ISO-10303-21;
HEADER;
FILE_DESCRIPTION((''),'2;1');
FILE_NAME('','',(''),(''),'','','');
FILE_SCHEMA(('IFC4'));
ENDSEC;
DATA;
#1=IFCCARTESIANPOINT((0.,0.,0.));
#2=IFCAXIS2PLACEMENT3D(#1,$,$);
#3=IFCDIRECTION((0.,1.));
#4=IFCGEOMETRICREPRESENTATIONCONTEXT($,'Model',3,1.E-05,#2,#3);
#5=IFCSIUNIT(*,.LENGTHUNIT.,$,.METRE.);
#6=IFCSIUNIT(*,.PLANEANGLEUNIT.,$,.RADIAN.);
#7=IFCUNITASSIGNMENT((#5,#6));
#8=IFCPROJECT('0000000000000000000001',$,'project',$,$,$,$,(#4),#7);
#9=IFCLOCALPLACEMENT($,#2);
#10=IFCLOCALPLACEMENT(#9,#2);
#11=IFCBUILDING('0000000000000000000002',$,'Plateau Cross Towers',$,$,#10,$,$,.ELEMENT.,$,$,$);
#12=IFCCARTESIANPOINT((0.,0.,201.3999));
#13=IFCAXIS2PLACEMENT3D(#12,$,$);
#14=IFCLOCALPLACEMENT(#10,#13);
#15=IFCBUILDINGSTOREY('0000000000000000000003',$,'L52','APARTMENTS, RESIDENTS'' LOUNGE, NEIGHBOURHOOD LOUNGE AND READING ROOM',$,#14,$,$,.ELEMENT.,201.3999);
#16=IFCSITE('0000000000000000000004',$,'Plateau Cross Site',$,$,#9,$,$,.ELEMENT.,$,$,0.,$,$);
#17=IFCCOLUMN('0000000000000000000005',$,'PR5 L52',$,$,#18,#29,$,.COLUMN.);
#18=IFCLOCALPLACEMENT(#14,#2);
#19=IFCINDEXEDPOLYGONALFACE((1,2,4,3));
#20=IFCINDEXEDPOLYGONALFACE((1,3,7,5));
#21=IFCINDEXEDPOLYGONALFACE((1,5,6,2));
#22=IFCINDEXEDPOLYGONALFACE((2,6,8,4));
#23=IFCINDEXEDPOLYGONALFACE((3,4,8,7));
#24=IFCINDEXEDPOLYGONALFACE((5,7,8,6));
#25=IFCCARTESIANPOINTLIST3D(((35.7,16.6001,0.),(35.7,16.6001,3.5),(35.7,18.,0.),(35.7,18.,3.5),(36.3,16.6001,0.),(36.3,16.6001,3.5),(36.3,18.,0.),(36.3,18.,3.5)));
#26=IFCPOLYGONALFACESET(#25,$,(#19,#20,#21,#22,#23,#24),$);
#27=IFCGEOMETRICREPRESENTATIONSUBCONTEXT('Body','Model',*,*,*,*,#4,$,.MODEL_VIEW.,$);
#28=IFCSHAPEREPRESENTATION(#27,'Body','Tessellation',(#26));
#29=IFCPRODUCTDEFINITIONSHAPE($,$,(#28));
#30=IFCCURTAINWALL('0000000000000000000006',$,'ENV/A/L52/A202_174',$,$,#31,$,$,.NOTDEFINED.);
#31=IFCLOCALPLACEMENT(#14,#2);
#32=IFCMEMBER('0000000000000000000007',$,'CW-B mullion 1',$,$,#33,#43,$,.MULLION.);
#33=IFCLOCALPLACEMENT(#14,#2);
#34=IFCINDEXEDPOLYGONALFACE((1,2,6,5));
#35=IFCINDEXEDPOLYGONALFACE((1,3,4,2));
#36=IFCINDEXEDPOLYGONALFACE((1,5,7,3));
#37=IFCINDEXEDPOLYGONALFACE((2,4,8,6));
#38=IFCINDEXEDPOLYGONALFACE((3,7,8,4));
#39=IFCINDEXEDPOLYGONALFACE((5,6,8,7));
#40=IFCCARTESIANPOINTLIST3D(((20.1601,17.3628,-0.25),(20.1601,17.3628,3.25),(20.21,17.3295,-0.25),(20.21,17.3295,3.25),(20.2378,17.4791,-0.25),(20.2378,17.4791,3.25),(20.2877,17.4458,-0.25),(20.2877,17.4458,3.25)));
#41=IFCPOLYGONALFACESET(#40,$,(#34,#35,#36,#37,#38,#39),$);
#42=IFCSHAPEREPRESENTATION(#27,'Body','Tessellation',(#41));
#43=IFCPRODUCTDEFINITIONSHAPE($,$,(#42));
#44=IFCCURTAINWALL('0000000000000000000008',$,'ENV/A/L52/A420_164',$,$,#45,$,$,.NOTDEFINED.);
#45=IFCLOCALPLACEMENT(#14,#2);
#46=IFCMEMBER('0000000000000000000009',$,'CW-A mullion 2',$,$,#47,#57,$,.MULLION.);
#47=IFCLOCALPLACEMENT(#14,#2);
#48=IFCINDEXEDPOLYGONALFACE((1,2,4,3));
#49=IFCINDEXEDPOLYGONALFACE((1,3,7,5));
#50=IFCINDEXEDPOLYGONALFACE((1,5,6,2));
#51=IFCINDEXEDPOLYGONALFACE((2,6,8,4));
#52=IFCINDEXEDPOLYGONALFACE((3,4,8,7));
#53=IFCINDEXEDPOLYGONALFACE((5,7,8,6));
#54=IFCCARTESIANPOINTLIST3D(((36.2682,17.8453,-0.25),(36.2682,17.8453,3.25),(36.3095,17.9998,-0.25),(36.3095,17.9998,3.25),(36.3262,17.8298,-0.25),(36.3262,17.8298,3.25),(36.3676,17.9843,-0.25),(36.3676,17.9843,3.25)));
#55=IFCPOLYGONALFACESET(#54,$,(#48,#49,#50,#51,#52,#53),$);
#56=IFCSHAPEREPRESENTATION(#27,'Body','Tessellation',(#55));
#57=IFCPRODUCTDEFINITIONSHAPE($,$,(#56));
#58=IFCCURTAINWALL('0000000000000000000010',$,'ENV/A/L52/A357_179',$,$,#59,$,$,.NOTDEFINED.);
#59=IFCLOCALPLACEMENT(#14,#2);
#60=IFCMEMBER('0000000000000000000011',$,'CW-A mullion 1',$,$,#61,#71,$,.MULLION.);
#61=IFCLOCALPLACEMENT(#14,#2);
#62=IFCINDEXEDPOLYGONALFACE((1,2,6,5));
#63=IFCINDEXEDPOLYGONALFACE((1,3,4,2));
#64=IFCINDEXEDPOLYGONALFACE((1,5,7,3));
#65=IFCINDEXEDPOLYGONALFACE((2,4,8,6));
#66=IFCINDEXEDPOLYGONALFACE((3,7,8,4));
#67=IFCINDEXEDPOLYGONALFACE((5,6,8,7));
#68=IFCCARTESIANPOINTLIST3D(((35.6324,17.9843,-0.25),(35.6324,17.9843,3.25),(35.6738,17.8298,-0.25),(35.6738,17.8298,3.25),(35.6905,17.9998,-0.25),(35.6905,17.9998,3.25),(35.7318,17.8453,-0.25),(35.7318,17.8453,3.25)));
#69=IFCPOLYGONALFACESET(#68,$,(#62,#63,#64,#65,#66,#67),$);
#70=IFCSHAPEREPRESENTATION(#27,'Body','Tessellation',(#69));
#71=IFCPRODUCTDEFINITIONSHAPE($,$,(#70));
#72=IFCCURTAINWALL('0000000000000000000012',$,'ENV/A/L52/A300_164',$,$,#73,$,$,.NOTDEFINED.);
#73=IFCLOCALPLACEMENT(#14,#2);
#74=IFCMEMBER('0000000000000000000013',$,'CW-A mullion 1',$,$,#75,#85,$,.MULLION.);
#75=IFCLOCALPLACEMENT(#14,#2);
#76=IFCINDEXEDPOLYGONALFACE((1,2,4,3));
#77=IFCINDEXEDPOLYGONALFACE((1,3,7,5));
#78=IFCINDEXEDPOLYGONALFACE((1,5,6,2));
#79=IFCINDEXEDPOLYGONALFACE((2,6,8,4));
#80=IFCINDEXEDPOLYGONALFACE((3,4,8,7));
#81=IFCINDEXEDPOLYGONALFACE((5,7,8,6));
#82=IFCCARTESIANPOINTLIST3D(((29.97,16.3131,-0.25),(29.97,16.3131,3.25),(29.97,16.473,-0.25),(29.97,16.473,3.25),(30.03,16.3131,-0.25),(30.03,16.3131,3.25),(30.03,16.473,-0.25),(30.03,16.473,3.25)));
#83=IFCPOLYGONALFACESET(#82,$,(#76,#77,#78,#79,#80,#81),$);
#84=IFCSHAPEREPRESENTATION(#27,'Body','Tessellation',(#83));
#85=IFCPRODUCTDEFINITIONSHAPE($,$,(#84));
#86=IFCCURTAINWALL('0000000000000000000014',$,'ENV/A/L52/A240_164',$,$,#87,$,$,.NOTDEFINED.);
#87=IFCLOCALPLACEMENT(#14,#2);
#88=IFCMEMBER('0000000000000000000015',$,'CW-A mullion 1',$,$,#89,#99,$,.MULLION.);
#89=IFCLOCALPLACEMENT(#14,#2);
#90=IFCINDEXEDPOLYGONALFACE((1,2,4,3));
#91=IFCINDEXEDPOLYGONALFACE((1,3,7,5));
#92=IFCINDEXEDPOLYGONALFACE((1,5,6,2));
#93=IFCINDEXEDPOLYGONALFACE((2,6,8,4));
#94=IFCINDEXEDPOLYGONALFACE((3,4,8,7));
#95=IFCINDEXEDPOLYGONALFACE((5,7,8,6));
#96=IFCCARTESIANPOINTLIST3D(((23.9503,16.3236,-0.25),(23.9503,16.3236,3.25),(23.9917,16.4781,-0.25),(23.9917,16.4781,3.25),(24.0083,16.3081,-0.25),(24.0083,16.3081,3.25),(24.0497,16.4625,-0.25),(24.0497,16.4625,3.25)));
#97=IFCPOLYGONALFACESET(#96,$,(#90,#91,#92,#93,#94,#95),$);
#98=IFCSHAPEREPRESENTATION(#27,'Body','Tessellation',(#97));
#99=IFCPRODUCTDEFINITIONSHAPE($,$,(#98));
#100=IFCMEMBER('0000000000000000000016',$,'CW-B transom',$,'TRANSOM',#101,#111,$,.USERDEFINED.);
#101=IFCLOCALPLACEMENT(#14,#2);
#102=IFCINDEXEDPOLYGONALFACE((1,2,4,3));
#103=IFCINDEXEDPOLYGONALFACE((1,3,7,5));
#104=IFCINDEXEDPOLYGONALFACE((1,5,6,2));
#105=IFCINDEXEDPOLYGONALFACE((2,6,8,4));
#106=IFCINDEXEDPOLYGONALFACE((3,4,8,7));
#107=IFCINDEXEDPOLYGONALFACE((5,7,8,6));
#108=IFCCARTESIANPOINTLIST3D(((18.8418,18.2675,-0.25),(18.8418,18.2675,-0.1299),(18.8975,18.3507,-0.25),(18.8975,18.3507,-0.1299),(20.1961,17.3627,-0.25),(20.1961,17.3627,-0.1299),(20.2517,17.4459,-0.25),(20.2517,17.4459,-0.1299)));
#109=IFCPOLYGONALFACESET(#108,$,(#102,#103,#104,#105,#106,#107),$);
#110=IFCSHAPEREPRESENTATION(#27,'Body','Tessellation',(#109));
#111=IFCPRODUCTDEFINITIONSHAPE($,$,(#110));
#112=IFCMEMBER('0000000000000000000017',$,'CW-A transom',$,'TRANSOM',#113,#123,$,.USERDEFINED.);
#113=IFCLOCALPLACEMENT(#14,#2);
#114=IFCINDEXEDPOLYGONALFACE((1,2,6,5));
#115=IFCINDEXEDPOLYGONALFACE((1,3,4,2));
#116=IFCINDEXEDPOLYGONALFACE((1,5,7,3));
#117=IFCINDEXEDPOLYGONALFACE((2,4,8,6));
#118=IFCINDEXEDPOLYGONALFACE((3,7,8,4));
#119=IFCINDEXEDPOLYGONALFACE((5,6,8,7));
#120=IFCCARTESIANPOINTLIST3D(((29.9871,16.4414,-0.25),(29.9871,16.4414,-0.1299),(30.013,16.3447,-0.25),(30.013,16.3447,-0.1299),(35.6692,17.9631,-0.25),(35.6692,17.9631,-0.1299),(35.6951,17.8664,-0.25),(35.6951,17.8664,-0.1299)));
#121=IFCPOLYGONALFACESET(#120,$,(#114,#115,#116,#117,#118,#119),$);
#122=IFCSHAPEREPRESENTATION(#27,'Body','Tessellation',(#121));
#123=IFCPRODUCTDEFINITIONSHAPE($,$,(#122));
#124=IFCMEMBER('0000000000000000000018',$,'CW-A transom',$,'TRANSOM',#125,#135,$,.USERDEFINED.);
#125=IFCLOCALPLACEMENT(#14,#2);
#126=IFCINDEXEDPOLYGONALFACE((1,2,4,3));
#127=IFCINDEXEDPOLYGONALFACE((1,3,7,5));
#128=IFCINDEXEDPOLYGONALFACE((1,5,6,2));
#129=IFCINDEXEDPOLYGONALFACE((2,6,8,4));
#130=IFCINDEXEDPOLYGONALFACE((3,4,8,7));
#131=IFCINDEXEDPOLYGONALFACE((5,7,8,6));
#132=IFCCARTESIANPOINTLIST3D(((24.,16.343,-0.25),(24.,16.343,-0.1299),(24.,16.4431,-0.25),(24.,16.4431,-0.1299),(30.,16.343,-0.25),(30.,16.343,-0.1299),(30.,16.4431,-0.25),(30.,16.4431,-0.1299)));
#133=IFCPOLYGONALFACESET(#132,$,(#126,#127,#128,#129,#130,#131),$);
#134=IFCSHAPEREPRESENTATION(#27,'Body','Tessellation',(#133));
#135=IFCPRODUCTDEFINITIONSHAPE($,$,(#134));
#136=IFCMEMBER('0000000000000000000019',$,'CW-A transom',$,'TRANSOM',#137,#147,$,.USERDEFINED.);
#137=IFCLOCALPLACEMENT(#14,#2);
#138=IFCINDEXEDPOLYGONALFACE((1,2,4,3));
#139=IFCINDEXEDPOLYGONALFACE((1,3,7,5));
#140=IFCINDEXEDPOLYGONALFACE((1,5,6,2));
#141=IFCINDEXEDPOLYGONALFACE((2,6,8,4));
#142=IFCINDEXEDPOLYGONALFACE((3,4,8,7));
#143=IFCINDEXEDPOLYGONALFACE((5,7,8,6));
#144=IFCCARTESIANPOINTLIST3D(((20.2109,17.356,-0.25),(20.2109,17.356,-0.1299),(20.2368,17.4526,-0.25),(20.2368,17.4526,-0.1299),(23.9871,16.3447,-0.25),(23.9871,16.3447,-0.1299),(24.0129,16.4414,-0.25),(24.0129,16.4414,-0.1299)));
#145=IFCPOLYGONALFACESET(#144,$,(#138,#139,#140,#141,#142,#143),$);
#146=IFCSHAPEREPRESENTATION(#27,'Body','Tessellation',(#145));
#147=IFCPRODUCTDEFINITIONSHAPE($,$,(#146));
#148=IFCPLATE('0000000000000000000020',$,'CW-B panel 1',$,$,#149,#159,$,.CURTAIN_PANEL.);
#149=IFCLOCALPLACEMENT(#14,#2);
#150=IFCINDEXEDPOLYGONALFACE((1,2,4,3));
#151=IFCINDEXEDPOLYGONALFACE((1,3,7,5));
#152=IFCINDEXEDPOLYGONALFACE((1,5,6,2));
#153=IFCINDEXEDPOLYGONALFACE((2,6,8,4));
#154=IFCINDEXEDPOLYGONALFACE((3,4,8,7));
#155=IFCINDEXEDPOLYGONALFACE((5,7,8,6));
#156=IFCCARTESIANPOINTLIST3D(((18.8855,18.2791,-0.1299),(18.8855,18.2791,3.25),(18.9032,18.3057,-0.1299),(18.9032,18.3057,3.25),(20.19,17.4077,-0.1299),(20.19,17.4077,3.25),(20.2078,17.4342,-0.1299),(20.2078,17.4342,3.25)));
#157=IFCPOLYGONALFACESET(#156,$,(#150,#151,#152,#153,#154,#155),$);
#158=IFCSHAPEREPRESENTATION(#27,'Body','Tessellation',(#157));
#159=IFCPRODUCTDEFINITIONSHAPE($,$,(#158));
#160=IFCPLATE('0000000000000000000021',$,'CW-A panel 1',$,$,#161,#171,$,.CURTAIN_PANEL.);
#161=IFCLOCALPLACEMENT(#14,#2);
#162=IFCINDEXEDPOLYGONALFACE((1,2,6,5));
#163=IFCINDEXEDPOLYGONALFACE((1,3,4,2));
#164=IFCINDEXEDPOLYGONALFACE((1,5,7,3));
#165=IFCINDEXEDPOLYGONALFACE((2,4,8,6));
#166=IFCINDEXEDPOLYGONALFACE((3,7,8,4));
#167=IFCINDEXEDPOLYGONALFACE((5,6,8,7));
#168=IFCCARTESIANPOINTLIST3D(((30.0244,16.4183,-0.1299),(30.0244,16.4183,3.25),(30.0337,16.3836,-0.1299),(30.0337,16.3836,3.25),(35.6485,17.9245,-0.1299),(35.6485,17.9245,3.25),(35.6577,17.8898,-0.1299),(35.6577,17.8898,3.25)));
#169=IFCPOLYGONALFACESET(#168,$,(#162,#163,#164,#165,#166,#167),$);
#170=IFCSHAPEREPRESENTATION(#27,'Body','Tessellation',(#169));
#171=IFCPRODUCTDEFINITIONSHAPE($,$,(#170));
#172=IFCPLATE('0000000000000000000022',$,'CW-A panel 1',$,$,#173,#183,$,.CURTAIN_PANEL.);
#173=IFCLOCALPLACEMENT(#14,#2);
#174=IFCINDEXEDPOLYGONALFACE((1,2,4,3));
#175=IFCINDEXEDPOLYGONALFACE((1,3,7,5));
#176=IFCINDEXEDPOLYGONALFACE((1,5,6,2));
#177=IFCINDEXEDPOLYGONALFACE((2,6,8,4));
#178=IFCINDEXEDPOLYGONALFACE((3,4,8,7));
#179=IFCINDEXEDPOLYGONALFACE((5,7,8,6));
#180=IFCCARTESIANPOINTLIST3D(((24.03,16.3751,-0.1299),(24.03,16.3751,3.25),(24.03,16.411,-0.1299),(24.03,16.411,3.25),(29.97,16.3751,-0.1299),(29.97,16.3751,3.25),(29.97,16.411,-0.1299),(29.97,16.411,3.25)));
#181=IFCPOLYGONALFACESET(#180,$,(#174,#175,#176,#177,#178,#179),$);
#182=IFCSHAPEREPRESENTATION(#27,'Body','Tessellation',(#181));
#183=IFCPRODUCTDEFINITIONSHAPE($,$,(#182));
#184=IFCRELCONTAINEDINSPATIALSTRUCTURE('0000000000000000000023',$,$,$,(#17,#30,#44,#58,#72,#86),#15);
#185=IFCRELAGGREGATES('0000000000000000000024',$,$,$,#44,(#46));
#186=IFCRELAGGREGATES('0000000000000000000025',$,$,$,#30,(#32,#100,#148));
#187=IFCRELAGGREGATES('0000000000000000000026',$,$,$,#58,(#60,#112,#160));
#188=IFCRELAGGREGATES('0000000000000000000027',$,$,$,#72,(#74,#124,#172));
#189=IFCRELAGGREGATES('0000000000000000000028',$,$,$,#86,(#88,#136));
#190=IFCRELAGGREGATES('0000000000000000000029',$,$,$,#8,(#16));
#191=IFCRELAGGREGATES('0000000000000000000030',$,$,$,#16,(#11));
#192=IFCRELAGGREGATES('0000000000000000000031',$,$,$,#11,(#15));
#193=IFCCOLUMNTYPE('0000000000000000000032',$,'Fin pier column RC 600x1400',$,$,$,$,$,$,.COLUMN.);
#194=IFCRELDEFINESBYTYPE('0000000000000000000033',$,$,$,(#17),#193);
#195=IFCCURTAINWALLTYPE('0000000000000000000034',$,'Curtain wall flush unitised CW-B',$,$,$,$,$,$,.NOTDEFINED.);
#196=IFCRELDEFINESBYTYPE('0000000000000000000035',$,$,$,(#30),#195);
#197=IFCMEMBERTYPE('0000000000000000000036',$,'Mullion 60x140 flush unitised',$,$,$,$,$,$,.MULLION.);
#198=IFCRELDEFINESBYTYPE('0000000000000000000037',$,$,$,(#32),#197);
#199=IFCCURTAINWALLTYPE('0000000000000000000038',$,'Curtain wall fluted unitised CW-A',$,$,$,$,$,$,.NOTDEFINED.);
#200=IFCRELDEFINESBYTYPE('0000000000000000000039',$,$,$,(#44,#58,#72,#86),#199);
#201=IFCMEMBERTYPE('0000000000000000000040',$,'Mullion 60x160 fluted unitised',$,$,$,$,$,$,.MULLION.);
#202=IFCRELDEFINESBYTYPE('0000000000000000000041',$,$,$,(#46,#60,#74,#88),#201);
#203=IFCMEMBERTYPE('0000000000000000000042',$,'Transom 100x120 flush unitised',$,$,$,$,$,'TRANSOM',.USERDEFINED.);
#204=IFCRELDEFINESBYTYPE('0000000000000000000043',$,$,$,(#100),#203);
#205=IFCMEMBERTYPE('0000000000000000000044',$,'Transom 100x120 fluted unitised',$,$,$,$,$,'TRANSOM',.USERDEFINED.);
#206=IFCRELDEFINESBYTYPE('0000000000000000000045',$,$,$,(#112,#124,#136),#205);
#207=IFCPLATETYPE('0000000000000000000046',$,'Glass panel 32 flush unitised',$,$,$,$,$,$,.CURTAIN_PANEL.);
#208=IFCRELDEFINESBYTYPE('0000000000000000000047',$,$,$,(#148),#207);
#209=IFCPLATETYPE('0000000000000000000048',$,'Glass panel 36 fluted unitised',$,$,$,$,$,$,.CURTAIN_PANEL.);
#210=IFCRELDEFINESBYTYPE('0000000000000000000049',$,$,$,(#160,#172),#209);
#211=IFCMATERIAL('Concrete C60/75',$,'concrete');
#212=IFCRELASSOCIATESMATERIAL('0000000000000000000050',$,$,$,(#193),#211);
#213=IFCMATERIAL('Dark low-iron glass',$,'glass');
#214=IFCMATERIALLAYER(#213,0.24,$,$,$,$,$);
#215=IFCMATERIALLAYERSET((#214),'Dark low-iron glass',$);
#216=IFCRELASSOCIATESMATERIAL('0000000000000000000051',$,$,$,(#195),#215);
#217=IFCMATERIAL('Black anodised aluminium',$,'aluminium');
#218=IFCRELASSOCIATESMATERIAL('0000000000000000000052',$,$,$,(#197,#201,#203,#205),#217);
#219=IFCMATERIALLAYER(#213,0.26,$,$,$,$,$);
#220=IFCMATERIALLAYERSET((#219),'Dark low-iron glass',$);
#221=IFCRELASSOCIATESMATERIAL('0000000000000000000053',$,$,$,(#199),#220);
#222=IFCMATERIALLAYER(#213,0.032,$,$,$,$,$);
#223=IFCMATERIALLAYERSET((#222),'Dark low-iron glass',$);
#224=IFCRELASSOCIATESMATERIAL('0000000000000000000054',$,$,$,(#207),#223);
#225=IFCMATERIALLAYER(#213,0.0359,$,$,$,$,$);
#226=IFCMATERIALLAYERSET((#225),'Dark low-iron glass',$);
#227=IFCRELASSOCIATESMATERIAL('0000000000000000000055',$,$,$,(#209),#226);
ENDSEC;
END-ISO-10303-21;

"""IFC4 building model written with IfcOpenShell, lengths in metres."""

from ifc_helpers import new_model, si_unit, direction, frame, origin, origin_2d, place, context, subcontext, project, spatial, rectangle, extrude, material, layer, layer_set, material_profile, profile_set, type_object, element, aggregate, save


model = new_model("IFC4")

# Units and contexts
model_context = context("Model", 3, precision=1e-05, world=origin(), true_north=direction((0.0, 1.0)))
body_context = subcontext(model_context, "Body", "Model", "MODEL_VIEW")
ifc_project = project(units=[si_unit("LENGTHUNIT", "METRE"), si_unit("PLANEANGLEUNIT", "RADIAN")], contexts=[model_context])

# Site, building, storey
site_placement = place(None, origin())
site = spatial("IfcSite", under=ifc_project, at=site_placement, Name="Plateau Cross Site", CompositionType="ELEMENT", RefElevation=0.0)
building_placement = place(site_placement, origin())
building = spatial("IfcBuilding", under=site, at=building_placement, Name="Plateau Cross Towers", CompositionType="ELEMENT")
storey_placement = place(building_placement, frame((0.0, 0.0, 201.3999)))
storey = spatial("IfcBuildingStorey", under=building, at=storey_placement, Name="L52", Description="APARTMENTS, RESIDENTS' LOUNGE, NEIGHBOURHOOD LOUNGE AND READING ROOM", CompositionType="ELEMENT", Elevation=201.3999)

# Column
ifc_material_1 = material(Name="Concrete C60/75", Category="concrete")
ifc_material_profile_1 = material_profile(ifc_material_1, rectangle(XDim=0.6001, YDim=1.3999, at=origin_2d()), Name="RC 600x1400")
ifc_profile_set_1 = profile_set([ifc_material_profile_1], Name="Concrete C60/75")
column_type = type_object("IfcColumnType", Name="Fin pier column RC 600x1400", PredefinedType="COLUMN", material=ifc_profile_set_1)
column_placement = place(storey_placement, frame((36.0, 17.3, 0.0), z_axis=(0.0, 0.0, 1.0), x_axis=(1.0, 0.0, 0.0)))
element("IfcColumn", 1, at=column_placement, inside=storey, type_object=column_type, Name="PR5 L52", PredefinedType="COLUMN", context=body_context, shape_type="SweptSolid", body=[
    extrude(rectangle(XDim=0.6001, YDim=1.3999, at=origin_2d()), origin(), (0.0, 0.0, 1.0), 3.5),
])

# Curtain walls, members
ifc_material_2 = material(Name="Dark low-iron glass", Category="glass")
ifc_layer_1 = layer(ifc_material_2, 0.24)
ifc_layer_set_1 = layer_set([ifc_layer_1], Name="Dark low-iron glass")
curtain_wall_type_1 = type_object("IfcCurtainWallType", Name="Curtain wall flush unitised CW-B", PredefinedType="NOTDEFINED", material=ifc_layer_set_1)
curtain_wall_1_placement = place(storey_placement, origin())
curtain_wall_1 = element("IfcCurtainWall", 2, at=curtain_wall_1_placement, inside=storey, type_object=curtain_wall_type_1, Name="ENV/A/L52/A202_174", PredefinedType="NOTDEFINED")
ifc_material_3 = material(Name="Black anodised aluminium", Category="aluminium")
ifc_material_profile_2 = material_profile(ifc_material_3, rectangle(XDim=0.0601, YDim=0.1399, at=origin_2d()), Name="MULLION 60x140")
ifc_profile_set_2 = profile_set([ifc_material_profile_2], Name="Black anodised aluminium")
member_type_1 = type_object("IfcMemberType", Name="Mullion 60x140 flush unitised", PredefinedType="MULLION", material=ifc_profile_set_2)
member_1_placement = place(storey_placement, frame((20.2239, 17.4043, -0.25), z_axis=(0.0, 0.0, 1.0), x_axis=(-0.831521, 0.555493, 0.0)))
member_1 = element("IfcMember", 3, at=member_1_placement, type_object=member_type_1, Name="CW-B mullion 1", PredefinedType="MULLION", context=body_context, shape_type="SweptSolid", body=[
    extrude(rectangle(XDim=0.0601, YDim=0.1399, at=origin_2d()), origin(), (0.0, 0.0, 1.0), 3.5),
])
ifc_layer_2 = layer(ifc_material_2, 0.26)
ifc_layer_set_2 = layer_set([ifc_layer_2], Name="Dark low-iron glass")
curtain_wall_type_2 = type_object("IfcCurtainWallType", Name="Curtain wall fluted unitised CW-A", PredefinedType="NOTDEFINED", material=ifc_layer_set_2)
curtain_wall_2_placement = place(storey_placement, origin())
curtain_wall_2 = element("IfcCurtainWall", 4, at=curtain_wall_2_placement, inside=storey, type_object=curtain_wall_type_2, Name="ENV/A/L52/A420_164", PredefinedType="NOTDEFINED")
ifc_material_profile_3 = material_profile(ifc_material_3, rectangle(XDim=0.0601, YDim=0.1599, at=origin_2d()), Name="MULLION 60x160")
ifc_profile_set_3 = profile_set([ifc_material_profile_3], Name="Black anodised aluminium")
member_type_2 = type_object("IfcMemberType", Name="Mullion 60x160 fluted unitised", PredefinedType="MULLION", material=ifc_profile_set_3)
member_2_placement = place(storey_placement, frame((36.3179, 17.9148, -0.25), z_axis=(0.0, 0.0, 1.0), x_axis=(-0.965958, 0.258699, 0.0)))
member_2 = element("IfcMember", 5, at=member_2_placement, type_object=member_type_2, Name="CW-A mullion 2", PredefinedType="MULLION", context=body_context, shape_type="SweptSolid", body=[
    extrude(rectangle(XDim=0.0601, YDim=0.1599, at=origin_2d()), origin(), (0.0, 0.0, 1.0), 3.5),
])
aggregate(curtain_wall_2, [member_2])
curtain_wall_3_placement = place(storey_placement, origin())
curtain_wall_3 = element("IfcCurtainWall", 6, at=curtain_wall_3_placement, inside=storey, type_object=curtain_wall_type_2, Name="ENV/A/L52/A357_179", PredefinedType="NOTDEFINED")
member_3_placement = place(storey_placement, frame((35.6821, 17.9148, -0.25), z_axis=(0.0, 0.0, 1.0), x_axis=(-0.965958, -0.258699, 0.0)))
member_3 = element("IfcMember", 7, at=member_3_placement, type_object=member_type_2, Name="CW-A mullion 1", PredefinedType="MULLION", context=body_context, shape_type="SweptSolid", body=[
    extrude(rectangle(XDim=0.0601, YDim=0.1599, at=origin_2d()), origin(), (0.0, 0.0, 1.0), 3.5),
])
curtain_wall_4_placement = place(storey_placement, origin())
curtain_wall_4 = element("IfcCurtainWall", 8, at=curtain_wall_4_placement, inside=storey, type_object=curtain_wall_type_2, Name="ENV/A/L52/A300_164", PredefinedType="NOTDEFINED")
member_4_placement = place(storey_placement, frame((30.0, 16.3931, -0.25), z_axis=(0.0, 0.0, 1.0), x_axis=(-1.0, 0.0, 0.0)))
member_4 = element("IfcMember", 9, at=member_4_placement, type_object=member_type_2, Name="CW-A mullion 1", PredefinedType="MULLION", context=body_context, shape_type="SweptSolid", body=[
    extrude(rectangle(XDim=0.0601, YDim=0.1599, at=origin_2d()), origin(), (0.0, 0.0, 1.0), 3.5),
])
curtain_wall_5_placement = place(storey_placement, origin())
curtain_wall_5 = element("IfcCurtainWall", 10, at=curtain_wall_5_placement, inside=storey, type_object=curtain_wall_type_2, Name="ENV/A/L52/A240_164", PredefinedType="NOTDEFINED")
member_5_placement = place(storey_placement, frame((24.0, 16.3931, -0.25), z_axis=(0.0, 0.0, 1.0), x_axis=(-0.965958, 0.258699, 0.0)))
member_5 = element("IfcMember", 11, at=member_5_placement, type_object=member_type_2, Name="CW-A mullion 1", PredefinedType="MULLION", context=body_context, shape_type="SweptSolid", body=[
    extrude(rectangle(XDim=0.0601, YDim=0.1599, at=origin_2d()), origin(), (0.0, 0.0, 1.0), 3.5),
])

# Members
ifc_material_profile_4 = material_profile(ifc_material_3, rectangle(XDim=0.1001, YDim=0.1201, at=origin_2d()), Name="TRANSOM 100x120")
ifc_profile_set_4 = profile_set([ifc_material_profile_4], Name="Black anodised aluminium")
member_type_3 = type_object("IfcMemberType", Name="Transom 100x120 flush unitised", ElementType="TRANSOM", PredefinedType="USERDEFINED", material=ifc_profile_set_4)
member_6_placement = place(storey_placement, frame((20.2239, 17.4043, -0.1899), z_axis=(-0.831496, 0.55553, 0.0), x_axis=(-0.55553, -0.831496, 0.0)))
member_6 = element("IfcMember", 12, at=member_6_placement, type_object=member_type_3, Name="CW-B transom", ObjectType="TRANSOM", PredefinedType="USERDEFINED", context=body_context, shape_type="SweptSolid", body=[
    extrude(rectangle(XDim=0.1001, YDim=0.1201, at=origin_2d()), origin(), (0.0, 0.0, 1.0), 1.6287),
])
ifc_material_profile_5 = material_profile(ifc_material_3, rectangle(XDim=0.1001, YDim=0.1201, at=origin_2d()), Name="TRANSOM 100x120")
ifc_profile_set_5 = profile_set([ifc_material_profile_5], Name="Black anodised aluminium")
member_type_4 = type_object("IfcMemberType", Name="Transom 100x120 fluted unitised", ElementType="TRANSOM", PredefinedType="USERDEFINED", material=ifc_profile_set_5)
member_7_placement = place(storey_placement, frame((35.6821, 17.9148, -0.1899), z_axis=(-0.96596, -0.258693, 0.0), x_axis=(0.258693, -0.96596, 0.0)))
member_7 = element("IfcMember", 13, at=member_7_placement, type_object=member_type_4, Name="CW-A transom", ObjectType="TRANSOM", PredefinedType="USERDEFINED", context=body_context, shape_type="SweptSolid", body=[
    extrude(rectangle(XDim=0.1001, YDim=0.1201, at=origin_2d()), origin(), (0.0, 0.0, 1.0), 5.8823),
])
member_8_placement = place(storey_placement, frame((30.0, 16.3931, -0.1899), z_axis=(-1.0, 0.0, 0.0), x_axis=(0.0, -1.0, 0.0)))
member_8 = element("IfcMember", 14, at=member_8_placement, type_object=member_type_4, Name="CW-A transom", ObjectType="TRANSOM", PredefinedType="USERDEFINED", context=body_context, shape_type="SweptSolid", body=[
    extrude(rectangle(XDim=0.1001, YDim=0.1201, at=origin_2d()), origin(), (0.0, 0.0, 1.0), 6.0),
])
member_9_placement = place(storey_placement, frame((24.0, 16.3931, -0.1899), z_axis=(-0.965963, 0.258681, 0.0), x_axis=(-0.258681, -0.965963, 0.0)))
member_9 = element("IfcMember", 15, at=member_9_placement, type_object=member_type_4, Name="CW-A transom", ObjectType="TRANSOM", PredefinedType="USERDEFINED", context=body_context, shape_type="SweptSolid", body=[
    extrude(rectangle(XDim=0.1001, YDim=0.1201, at=origin_2d()), origin(), (0.0, 0.0, 1.0), 3.9092),
])

# Plates
ifc_layer_3 = layer(ifc_material_2, 0.032)
ifc_layer_set_3 = layer_set([ifc_layer_3], Name="Dark low-iron glass")
plate_type_1 = type_object("IfcPlateType", Name="Glass panel 32 flush unitised", PredefinedType="CURTAIN_PANEL", material=ifc_layer_set_3)
plate_1_placement = place(storey_placement, frame((19.5466, 17.8567, -0.1299), z_axis=(0.0, 0.0, 1.0), x_axis=(-0.831521, 0.555493, 0.0)))
plate_1 = element("IfcPlate", 16, at=plate_1_placement, type_object=plate_type_1, Name="CW-B panel 1", PredefinedType="CURTAIN_PANEL", context=body_context, shape_type="SweptSolid", body=[
    extrude(rectangle(XDim=1.5688, YDim=0.032, at=origin_2d()), origin(), (0.0, 0.0, 1.0), 3.3799),
])
aggregate(curtain_wall_1, [member_1, member_6, plate_1])
ifc_layer_4 = layer(ifc_material_2, 0.0359)
ifc_layer_set_4 = layer_set([ifc_layer_4], Name="Dark low-iron glass")
plate_type_2 = type_object("IfcPlateType", Name="Glass panel 36 fluted unitised", PredefinedType="CURTAIN_PANEL", material=ifc_layer_set_4)
plate_2_placement = place(storey_placement, frame((32.8411, 17.1541, -0.1299), z_axis=(0.0, 0.0, 1.0), x_axis=(-0.965958, -0.258699, 0.0)))
plate_2 = element("IfcPlate", 17, at=plate_2_placement, type_object=plate_type_2, Name="CW-A panel 1", PredefinedType="CURTAIN_PANEL", context=body_context, shape_type="SweptSolid", body=[
    extrude(rectangle(XDim=5.8223, YDim=0.0359, at=origin_2d()), origin(), (0.0, 0.0, 1.0), 3.3799),
])
aggregate(curtain_wall_3, [member_3, member_7, plate_2])
plate_3_placement = place(storey_placement, frame((27.0, 16.3931, -0.1299), z_axis=(0.0, 0.0, 1.0), x_axis=(-1.0, 0.0, 0.0)))
plate_3 = element("IfcPlate", 18, at=plate_3_placement, type_object=plate_type_2, Name="CW-A panel 1", PredefinedType="CURTAIN_PANEL", context=body_context, shape_type="SweptSolid", body=[
    extrude(rectangle(XDim=5.9399, YDim=0.0359, at=origin_2d()), origin(), (0.0, 0.0, 1.0), 3.3799),
])
aggregate(curtain_wall_4, [member_4, member_8, plate_3])
aggregate(curtain_wall_5, [member_5, member_9])

save(model, "model.ifc")
